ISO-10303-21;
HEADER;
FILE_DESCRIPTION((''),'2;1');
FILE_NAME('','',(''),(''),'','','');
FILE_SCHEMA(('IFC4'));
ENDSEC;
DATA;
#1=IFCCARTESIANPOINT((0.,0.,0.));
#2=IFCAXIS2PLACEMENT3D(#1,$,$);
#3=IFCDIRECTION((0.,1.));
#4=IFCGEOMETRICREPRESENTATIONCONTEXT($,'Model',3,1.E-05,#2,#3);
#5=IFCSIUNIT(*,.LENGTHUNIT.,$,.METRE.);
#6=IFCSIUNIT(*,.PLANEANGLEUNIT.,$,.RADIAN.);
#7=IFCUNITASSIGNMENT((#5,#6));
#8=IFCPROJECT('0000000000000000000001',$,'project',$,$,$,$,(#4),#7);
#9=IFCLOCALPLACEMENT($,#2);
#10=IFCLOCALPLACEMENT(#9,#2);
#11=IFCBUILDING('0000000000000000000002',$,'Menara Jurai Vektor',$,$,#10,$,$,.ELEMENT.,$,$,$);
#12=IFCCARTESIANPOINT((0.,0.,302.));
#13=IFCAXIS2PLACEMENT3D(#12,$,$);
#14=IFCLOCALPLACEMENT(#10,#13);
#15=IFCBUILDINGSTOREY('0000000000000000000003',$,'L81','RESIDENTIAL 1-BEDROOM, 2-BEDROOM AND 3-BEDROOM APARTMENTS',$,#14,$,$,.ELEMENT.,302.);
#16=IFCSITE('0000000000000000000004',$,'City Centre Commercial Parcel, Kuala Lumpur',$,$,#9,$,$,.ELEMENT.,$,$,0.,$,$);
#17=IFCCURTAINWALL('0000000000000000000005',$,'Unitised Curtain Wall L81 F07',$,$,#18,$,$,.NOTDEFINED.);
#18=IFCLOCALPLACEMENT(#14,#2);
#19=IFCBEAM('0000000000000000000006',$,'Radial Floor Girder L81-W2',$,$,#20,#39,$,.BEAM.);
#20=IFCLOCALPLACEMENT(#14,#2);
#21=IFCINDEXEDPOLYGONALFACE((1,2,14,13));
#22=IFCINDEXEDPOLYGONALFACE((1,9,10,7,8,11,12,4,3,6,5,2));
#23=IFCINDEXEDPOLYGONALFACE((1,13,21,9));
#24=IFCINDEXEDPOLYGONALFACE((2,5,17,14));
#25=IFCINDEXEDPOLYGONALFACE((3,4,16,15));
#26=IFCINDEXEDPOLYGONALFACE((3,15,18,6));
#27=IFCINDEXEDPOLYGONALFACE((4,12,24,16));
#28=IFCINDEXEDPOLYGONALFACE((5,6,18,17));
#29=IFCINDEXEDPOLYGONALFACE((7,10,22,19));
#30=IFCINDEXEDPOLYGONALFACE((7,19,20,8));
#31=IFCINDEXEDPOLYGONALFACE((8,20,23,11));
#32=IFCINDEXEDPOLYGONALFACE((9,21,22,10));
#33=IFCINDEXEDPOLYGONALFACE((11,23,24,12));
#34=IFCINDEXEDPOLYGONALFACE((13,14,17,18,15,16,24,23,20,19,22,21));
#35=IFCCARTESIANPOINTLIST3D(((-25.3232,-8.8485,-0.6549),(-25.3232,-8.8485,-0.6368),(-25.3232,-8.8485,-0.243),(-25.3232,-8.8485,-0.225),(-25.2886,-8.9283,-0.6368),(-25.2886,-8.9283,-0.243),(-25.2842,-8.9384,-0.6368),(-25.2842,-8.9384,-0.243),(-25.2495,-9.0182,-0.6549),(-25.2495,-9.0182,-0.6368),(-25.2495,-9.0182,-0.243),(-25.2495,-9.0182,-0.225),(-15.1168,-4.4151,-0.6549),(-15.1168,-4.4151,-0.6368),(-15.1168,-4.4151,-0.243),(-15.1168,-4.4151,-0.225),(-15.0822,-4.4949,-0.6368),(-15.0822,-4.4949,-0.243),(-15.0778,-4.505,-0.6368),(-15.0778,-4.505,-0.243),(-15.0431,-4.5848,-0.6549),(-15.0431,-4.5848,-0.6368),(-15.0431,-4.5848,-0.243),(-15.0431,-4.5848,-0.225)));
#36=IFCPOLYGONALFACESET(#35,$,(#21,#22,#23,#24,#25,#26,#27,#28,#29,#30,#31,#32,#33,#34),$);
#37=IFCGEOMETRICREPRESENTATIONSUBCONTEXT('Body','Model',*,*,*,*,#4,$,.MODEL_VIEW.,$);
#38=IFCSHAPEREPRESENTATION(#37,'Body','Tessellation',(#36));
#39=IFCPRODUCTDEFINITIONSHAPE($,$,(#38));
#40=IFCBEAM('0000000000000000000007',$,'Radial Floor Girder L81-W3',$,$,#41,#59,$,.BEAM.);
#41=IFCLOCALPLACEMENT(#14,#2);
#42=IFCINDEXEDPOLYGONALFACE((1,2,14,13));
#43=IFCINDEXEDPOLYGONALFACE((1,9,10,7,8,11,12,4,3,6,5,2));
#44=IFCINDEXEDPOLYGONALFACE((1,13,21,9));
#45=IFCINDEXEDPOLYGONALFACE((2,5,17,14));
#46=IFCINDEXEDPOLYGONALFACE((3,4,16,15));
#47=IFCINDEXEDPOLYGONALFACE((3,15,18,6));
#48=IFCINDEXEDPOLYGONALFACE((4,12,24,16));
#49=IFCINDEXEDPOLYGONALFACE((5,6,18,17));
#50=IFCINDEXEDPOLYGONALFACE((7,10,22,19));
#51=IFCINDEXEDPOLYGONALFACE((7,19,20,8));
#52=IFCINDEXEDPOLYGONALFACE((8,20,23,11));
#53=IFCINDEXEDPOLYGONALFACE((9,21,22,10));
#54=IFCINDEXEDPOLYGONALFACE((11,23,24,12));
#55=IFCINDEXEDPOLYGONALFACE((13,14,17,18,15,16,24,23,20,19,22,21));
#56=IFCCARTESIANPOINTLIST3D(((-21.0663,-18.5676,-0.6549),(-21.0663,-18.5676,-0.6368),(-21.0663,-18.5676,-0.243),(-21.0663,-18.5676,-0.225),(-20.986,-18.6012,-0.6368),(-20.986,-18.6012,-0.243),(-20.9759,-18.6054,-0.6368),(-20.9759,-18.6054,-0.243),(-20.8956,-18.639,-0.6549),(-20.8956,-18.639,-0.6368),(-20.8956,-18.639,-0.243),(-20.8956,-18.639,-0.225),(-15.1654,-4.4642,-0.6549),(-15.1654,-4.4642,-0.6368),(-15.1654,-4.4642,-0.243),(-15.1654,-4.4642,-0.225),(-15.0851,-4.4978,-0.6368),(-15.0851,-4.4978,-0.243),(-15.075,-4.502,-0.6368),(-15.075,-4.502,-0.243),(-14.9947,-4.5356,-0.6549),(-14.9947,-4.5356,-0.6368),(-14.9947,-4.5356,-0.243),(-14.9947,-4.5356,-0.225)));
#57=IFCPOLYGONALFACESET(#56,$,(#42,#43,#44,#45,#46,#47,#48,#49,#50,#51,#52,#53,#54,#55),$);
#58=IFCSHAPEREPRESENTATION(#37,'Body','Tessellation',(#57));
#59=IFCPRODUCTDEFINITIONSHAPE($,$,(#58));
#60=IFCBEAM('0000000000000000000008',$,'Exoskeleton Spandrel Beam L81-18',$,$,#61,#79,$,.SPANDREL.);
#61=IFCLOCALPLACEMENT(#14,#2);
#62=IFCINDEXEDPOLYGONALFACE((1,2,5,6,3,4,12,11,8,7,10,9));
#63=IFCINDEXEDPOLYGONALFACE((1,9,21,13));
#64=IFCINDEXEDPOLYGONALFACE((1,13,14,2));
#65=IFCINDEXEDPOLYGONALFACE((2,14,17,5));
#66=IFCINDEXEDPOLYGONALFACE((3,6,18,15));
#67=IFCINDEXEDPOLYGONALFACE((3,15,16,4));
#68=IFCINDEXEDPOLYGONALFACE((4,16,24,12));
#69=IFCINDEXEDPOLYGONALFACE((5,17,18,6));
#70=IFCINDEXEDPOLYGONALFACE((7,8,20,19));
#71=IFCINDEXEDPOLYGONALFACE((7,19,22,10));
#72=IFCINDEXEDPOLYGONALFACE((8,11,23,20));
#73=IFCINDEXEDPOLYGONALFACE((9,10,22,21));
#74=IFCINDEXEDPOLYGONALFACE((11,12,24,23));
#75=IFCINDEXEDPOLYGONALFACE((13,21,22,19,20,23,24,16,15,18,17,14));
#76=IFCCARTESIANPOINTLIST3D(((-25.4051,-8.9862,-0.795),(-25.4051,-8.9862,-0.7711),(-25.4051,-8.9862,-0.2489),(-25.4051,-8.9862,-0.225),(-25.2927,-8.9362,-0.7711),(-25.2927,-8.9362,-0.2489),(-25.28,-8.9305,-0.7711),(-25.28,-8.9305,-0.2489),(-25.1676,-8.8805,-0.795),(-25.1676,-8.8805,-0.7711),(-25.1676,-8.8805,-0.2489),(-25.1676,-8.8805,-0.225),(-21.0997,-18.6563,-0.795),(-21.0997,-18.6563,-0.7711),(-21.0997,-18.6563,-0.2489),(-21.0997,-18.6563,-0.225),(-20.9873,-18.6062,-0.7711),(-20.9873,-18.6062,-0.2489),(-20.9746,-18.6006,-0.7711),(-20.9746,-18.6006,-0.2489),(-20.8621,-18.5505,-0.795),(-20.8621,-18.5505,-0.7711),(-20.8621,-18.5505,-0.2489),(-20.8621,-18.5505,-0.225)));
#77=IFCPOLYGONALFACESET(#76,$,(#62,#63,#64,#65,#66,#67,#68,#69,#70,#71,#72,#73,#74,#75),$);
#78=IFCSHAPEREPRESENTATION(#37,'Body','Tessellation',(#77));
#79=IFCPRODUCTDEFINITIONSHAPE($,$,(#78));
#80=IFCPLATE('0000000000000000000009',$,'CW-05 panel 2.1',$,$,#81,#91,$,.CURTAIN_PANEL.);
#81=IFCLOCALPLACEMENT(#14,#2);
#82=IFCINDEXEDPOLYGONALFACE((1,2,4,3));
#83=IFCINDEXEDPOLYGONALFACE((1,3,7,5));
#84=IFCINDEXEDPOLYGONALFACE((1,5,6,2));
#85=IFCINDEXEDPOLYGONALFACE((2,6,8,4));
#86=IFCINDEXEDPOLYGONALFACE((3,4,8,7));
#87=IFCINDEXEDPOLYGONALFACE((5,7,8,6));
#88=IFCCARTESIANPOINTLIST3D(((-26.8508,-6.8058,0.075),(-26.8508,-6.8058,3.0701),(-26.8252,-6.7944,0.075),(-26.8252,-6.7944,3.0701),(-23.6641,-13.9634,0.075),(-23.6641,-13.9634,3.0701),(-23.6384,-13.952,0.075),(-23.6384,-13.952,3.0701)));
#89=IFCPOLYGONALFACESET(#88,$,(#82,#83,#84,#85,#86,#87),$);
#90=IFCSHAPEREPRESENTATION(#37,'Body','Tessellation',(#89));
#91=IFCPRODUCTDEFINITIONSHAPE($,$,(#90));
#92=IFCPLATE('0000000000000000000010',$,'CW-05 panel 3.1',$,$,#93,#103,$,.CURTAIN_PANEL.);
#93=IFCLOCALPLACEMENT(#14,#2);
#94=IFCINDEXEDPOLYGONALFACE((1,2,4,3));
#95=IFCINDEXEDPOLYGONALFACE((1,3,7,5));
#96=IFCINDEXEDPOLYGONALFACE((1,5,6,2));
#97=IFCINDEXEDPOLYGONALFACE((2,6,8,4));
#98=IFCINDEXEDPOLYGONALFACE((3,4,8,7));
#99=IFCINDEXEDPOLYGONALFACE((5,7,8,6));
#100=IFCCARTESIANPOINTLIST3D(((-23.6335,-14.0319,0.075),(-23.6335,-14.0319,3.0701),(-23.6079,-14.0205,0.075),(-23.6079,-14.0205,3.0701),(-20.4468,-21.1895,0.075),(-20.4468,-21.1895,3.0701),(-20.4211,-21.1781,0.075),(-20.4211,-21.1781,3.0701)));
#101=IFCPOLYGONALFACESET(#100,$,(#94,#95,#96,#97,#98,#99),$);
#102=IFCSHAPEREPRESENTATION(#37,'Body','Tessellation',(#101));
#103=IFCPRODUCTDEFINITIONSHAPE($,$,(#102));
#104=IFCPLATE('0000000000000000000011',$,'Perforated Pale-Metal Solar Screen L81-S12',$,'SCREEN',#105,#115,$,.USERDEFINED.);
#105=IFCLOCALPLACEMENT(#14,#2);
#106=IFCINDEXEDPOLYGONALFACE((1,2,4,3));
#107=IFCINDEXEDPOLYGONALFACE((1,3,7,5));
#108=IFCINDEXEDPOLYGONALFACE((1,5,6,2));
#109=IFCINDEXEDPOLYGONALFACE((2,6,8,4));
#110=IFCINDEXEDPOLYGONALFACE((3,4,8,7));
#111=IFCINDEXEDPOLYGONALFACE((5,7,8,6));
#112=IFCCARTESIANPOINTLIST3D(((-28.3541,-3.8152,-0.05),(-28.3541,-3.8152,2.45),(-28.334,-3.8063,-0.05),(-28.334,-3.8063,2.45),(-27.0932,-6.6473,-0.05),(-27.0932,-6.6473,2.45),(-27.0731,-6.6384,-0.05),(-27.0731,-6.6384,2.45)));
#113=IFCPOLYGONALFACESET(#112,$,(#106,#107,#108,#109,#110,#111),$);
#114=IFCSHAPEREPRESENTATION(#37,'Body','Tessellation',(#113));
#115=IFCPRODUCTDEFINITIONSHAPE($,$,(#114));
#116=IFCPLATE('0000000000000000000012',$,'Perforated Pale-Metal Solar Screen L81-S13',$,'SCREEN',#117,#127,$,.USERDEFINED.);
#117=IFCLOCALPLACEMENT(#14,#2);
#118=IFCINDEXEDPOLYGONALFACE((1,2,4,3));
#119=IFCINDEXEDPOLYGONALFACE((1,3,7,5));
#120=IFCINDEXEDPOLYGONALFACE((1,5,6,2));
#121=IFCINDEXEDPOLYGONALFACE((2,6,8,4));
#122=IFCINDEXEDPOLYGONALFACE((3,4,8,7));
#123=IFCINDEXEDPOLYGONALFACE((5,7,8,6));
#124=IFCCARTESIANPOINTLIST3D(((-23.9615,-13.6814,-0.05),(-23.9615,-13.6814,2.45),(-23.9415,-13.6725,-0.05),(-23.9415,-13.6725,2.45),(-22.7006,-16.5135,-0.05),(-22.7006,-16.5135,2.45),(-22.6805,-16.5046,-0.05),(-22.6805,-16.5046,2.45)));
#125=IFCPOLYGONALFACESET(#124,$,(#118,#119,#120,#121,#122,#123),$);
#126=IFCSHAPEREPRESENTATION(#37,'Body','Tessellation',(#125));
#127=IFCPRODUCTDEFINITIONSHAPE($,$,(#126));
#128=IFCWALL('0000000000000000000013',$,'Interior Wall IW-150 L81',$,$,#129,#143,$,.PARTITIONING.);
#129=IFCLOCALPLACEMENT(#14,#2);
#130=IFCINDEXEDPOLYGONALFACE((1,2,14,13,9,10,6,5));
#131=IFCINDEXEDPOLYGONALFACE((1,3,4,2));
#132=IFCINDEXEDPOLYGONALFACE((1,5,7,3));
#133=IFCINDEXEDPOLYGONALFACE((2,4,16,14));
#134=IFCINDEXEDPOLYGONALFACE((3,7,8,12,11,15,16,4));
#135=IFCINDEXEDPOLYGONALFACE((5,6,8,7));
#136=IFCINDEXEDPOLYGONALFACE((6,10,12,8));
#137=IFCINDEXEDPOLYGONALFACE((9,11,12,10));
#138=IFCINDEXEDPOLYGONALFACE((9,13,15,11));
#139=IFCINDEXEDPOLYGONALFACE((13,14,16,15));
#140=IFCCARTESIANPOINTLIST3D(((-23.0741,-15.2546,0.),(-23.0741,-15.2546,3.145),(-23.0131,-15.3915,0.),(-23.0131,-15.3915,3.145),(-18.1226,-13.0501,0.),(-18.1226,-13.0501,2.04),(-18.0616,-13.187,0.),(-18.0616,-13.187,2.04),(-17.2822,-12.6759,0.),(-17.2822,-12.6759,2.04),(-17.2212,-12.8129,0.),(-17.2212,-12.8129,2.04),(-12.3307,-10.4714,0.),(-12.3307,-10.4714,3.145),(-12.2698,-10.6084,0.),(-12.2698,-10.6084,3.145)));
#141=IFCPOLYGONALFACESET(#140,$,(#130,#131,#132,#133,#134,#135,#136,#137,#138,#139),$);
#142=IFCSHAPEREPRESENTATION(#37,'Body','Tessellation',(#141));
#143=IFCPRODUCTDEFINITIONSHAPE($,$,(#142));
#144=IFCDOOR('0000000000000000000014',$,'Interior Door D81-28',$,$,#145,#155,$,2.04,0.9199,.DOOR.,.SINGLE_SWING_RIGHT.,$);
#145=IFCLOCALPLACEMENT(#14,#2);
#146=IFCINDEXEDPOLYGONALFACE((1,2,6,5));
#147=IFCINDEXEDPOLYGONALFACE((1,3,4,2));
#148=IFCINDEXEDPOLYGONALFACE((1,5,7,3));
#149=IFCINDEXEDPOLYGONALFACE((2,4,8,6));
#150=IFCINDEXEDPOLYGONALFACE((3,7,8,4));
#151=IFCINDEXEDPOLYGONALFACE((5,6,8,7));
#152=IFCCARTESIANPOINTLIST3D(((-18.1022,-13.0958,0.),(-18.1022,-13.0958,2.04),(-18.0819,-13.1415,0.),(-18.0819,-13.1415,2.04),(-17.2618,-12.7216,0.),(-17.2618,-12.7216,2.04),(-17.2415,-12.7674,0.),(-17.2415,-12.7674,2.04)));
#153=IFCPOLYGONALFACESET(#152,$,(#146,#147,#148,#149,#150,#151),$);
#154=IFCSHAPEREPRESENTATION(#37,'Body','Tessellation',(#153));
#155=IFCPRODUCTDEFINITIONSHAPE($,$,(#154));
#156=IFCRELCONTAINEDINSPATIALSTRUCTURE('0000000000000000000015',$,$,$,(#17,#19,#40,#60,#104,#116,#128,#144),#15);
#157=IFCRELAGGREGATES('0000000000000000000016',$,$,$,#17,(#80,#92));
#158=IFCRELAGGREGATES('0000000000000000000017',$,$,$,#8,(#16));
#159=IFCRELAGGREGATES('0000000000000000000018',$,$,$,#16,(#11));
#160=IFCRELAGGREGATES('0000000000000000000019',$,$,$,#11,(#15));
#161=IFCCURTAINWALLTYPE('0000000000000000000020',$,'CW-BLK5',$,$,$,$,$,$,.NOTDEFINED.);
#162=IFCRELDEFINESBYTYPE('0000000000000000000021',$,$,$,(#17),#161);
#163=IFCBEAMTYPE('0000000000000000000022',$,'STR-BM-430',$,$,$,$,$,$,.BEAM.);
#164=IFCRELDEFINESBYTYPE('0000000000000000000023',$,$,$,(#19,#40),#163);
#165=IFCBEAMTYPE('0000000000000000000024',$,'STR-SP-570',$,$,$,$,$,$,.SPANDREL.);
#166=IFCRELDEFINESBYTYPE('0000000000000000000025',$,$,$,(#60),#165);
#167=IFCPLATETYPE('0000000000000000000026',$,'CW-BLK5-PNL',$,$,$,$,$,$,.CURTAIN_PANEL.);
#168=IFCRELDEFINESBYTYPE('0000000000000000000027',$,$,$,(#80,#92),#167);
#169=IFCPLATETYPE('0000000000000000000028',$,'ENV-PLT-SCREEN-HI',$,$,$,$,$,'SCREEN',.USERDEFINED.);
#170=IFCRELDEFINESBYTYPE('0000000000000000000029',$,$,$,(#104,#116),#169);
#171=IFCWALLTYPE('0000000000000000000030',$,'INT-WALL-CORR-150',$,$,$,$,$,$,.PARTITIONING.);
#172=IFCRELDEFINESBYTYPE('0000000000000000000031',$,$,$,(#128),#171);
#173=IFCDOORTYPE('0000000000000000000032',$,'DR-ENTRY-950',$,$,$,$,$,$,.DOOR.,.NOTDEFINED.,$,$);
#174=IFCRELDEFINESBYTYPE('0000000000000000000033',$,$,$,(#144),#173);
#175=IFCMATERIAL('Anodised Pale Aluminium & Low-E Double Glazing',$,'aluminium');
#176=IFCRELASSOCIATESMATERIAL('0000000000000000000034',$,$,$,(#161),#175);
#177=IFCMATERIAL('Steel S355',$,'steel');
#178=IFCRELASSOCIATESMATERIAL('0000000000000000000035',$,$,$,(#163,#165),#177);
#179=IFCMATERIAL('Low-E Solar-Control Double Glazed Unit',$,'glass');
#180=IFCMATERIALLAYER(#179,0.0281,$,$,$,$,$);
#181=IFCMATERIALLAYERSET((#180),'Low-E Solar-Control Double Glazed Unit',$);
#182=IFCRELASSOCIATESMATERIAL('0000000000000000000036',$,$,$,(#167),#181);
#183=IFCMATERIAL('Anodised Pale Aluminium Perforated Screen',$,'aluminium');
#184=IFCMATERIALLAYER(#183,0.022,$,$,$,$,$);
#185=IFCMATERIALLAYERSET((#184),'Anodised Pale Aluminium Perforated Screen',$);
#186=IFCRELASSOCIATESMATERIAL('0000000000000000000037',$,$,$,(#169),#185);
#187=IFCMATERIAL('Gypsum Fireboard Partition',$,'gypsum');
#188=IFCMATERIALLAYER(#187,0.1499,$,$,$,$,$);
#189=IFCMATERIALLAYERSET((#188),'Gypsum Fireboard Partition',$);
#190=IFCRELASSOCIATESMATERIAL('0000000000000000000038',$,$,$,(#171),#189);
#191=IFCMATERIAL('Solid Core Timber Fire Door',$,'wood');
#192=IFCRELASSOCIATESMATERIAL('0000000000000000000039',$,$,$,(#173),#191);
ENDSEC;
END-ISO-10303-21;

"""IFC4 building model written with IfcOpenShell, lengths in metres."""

from ifc_helpers import new_model, si_unit, direction, frame, frame_2d, origin, origin_2d, place, context, subcontext, project, spatial, rectangle, i_section, extrude, material, layer, layer_set, material_profile, profile_set, type_object, element, fill, aggregate, save


model = new_model("IFC4")

# Units and contexts
model_context = context("Model", 3, precision=1e-05, world=origin(), true_north=direction((0.0, 1.0)))
body_context = subcontext(model_context, "Body", "Model", "MODEL_VIEW")
ifc_project = project(units=[si_unit("LENGTHUNIT", "METRE"), si_unit("PLANEANGLEUNIT", "RADIAN")], contexts=[model_context])

# Site, building, storey
site_placement = place(None, origin())
site = spatial("IfcSite", under=ifc_project, at=site_placement, Name="City Centre Commercial Parcel, Kuala Lumpur", CompositionType="ELEMENT", RefElevation=0.0)
building_placement = place(site_placement, origin())
building = spatial("IfcBuilding", under=site, at=building_placement, Name="Menara Jurai Vektor", CompositionType="ELEMENT")
storey_placement = place(building_placement, frame((0.0, 0.0, 302.0)))
storey = spatial("IfcBuildingStorey", under=building, at=storey_placement, Name="L81", Description="RESIDENTIAL 1-BEDROOM, 2-BEDROOM AND 3-BEDROOM APARTMENTS", CompositionType="ELEMENT", Elevation=302.0)

# Curtain wall
ifc_material_1 = material(Name="Anodised Pale Aluminium & Low-E Double Glazing", Category="aluminium")
curtain_wall_type = type_object("IfcCurtainWallType", Name="CW-BLK5", PredefinedType="NOTDEFINED", material=ifc_material_1)
curtain_wall_placement = place(storey_placement, origin())
curtain_wall = element("IfcCurtainWall", 1, at=curtain_wall_placement, inside=storey, type_object=curtain_wall_type, Name="Unitised Curtain Wall L81 F07", PredefinedType="NOTDEFINED")

# Beams
ifc_material_2 = material(Name="Steel S355", Category="steel")
ifc_material_profile_1 = material_profile(ifc_material_2, i_section(OverallWidth=0.1851, OverallDepth=0.4299, WebThickness=0.011, FlangeThickness=0.0181, at=origin_2d()), Name="PG 430x185x76")
ifc_profile_set_1 = profile_set([ifc_material_profile_1], Name="Steel S355")
beam_type_1 = type_object("IfcBeamType", Name="STR-BM-430", PredefinedType="BEAM", material=ifc_profile_set_1)
beam_1_placement = place(storey_placement, frame((-25.2864, -8.9333, -0.4399), z_axis=(0.917207, 0.398411, 0.0), x_axis=(-0.398411, 0.917207, 0.0)))
element("IfcBeam", 2, at=beam_1_placement, inside=storey, type_object=beam_type_1, Name="Radial Floor Girder L81-W2", PredefinedType="BEAM", context=body_context, shape_type="SweptSolid", body=[
    extrude(i_section(OverallWidth=0.1851, OverallDepth=0.4299, WebThickness=0.011, FlangeThickness=0.0181, at=origin_2d()), origin(), (0.0, 0.0, 1.0), 11.1277),
])
beam_2_placement = place(storey_placement, frame((-20.981, -18.6033, -0.4399), z_axis=(0.385981, 0.922507, 0.0), x_axis=(-0.922507, 0.385981, 0.0)))
element("IfcBeam", 3, at=beam_2_placement, inside=storey, type_object=beam_type_1, Name="Radial Floor Girder L81-W3", PredefinedType="BEAM", context=body_context, shape_type="SweptSolid", body=[
    extrude(i_section(OverallWidth=0.1851, OverallDepth=0.4299, WebThickness=0.011, FlangeThickness=0.0181, at=origin_2d()), origin(), (0.0, 0.0, 1.0), 15.2881),
])
ifc_material_profile_2 = material_profile(ifc_material_2, i_section(OverallWidth=0.26, OverallDepth=0.5701, WebThickness=0.0139, FlangeThickness=0.0239, at=origin_2d()), Name="PG 570x260x145")
ifc_profile_set_2 = profile_set([ifc_material_profile_2], Name="Steel S355")
beam_type_2 = type_object("IfcBeamType", Name="STR-SP-570", PredefinedType="SPANDREL", material=ifc_profile_set_2)
beam_3_placement = place(storey_placement, frame((-25.2864, -8.9333, -0.51), z_axis=(0.406744, -0.913542, 0.0), x_axis=(0.913542, 0.406744, 0.0)))
element("IfcBeam", 4, at=beam_3_placement, inside=storey, type_object=beam_type_2, Name="Exoskeleton Spandrel Beam L81-18", PredefinedType="SPANDREL", context=body_context, shape_type="SweptSolid", body=[
    extrude(i_section(OverallWidth=0.26, OverallDepth=0.5701, WebThickness=0.0139, FlangeThickness=0.0239, at=origin_2d()), origin(), (0.0, 0.0, 1.0), 10.5852),
])

# Plates
ifc_material_3 = material(Name="Low-E Solar-Control Double Glazed Unit", Category="glass")
ifc_layer_1 = layer(ifc_material_3, 0.0281)
ifc_layer_set_1 = layer_set([ifc_layer_1], Name="Low-E Solar-Control Double Glazed Unit")
plate_type_1 = type_object("IfcPlateType", Name="CW-BLK5-PNL", PredefinedType="CURTAIN_PANEL", material=ifc_layer_set_1)
plate_1_placement = place(storey_placement, frame((-25.2446, -10.3789, 0.075), z_axis=(0.0, 0.0, 1.0), x_axis=(0.406735, -0.913546, 0.0)))
plate_1 = element("IfcPlate", 5, at=plate_1_placement, type_object=plate_type_1, Name="CW-05 panel 2.1", PredefinedType="CURTAIN_PANEL", context=body_context, shape_type="SweptSolid", body=[
    extrude(rectangle(XDim=7.835, YDim=0.0281, at=origin_2d()), origin(), (0.0, 0.0, 1.0), 2.9951),
])
plate_2_placement = place(storey_placement, frame((-22.0273, -17.605, 0.075), z_axis=(0.0, 0.0, 1.0), x_axis=(0.406735, -0.913546, 0.0)))
plate_2 = element("IfcPlate", 6, at=plate_2_placement, type_object=plate_type_1, Name="CW-05 panel 3.1", PredefinedType="CURTAIN_PANEL", context=body_context, shape_type="SweptSolid", body=[
    extrude(rectangle(XDim=7.835, YDim=0.0281, at=origin_2d()), origin(), (0.0, 0.0, 1.0), 2.9951),
])
aggregate(curtain_wall, [plate_1, plate_2])

# Plates
ifc_material_4 = material(Name="Anodised Pale Aluminium Perforated Screen", Category="aluminium")
ifc_layer_2 = layer(ifc_material_4, 0.022)
ifc_layer_set_2 = layer_set([ifc_layer_2], Name="Anodised Pale Aluminium Perforated Screen")
plate_type_2 = type_object("IfcPlateType", Name="ENV-PLT-SCREEN-HI", ElementType="SCREEN", PredefinedType="USERDEFINED", material=ifc_layer_set_2)
for number, where, z_axis, x_axis, name in (
    (7, (-27.7136, -5.2268, -0.05), (0.0, 0.0, 1.0), (0.406737, -0.913545, 0.0), "Perforated Pale-Metal Solar Screen L81-S12"),
    (8, (-23.321, -15.093, -0.05), (0.0, 0.0, 1.0), (0.406737, -0.913545, 0.0), "Perforated Pale-Metal Solar Screen L81-S13"),
):
    element("IfcPlate", number, at=place(storey_placement, frame(where, z_axis=z_axis, x_axis=x_axis)), inside=storey, type_object=plate_type_2, Name=name, ObjectType="SCREEN", PredefinedType="USERDEFINED", context=body_context, shape_type="SweptSolid", body=[
        extrude(rectangle(XDim=3.1001, YDim=0.022, at=origin_2d()), origin(), (0.0, 0.0, 1.0), 2.5),
    ])

# Wall, opening, door
ifc_material_5 = material(Name="Gypsum Fireboard Partition", Category="gypsum")
ifc_layer_3 = layer(ifc_material_5, 0.1499)
ifc_layer_set_3 = layer_set([ifc_layer_3], Name="Gypsum Fireboard Partition")
wall_type_1 = type_object("IfcWallType", Name="INT-WALL-CORR-150", PredefinedType="PARTITIONING", material=ifc_layer_set_3)
wall_1_placement = place(storey_placement, frame((-23.0435, -15.323, 0.0), z_axis=(0.0, 0.0, 1.0), x_axis=(0.913548, 0.406732, 0.0)))
wall_1 = element("IfcWall", 9, at=wall_1_placement, inside=storey, type_object=wall_type_1, Name="Interior Wall IW-150 L81", PredefinedType="PARTITIONING", context=body_context, shape_type="SweptSolid", body=[
    extrude(rectangle(XDim=11.76, YDim=0.1499, at=frame_2d((5.8799, 0.0))), origin(), (0.0, 0.0, 1.0), 3.145),
])
opening_1_placement = place(wall_1_placement, frame((5.4199, 0.0, 0.0)))
opening_1 = element("IfcOpeningElement", 10, at=opening_1_placement, cuts=wall_1, PredefinedType="OPENING", context=body_context, shape_type="SweptSolid", body=[
    extrude(rectangle(XDim=0.9199, YDim=2.04, at=frame_2d((0.46, 1.02))), frame((0.0, 0.085, 0.0), z_axis=(0.0, -1.0, 0.0), x_axis=(1.0, 0.0, 0.0)), (0.0, 0.0, 1.0), 0.1699),
])
ifc_material_6 = material(Name="Solid Core Timber Fire Door", Category="wood")
door_type = type_object("IfcDoorType", Name="DR-ENTRY-950", OperationType="NOTDEFINED", PredefinedType="DOOR", material=ifc_material_6)
door_1_placement = place(opening_1_placement, origin())
door_1 = element("IfcDoor", 11, at=door_1_placement, inside=storey, type_object=door_type, Name="Interior Door D81-28", OperationType="SINGLE_SWING_RIGHT", OverallHeight=2.04, OverallWidth=0.9199, PredefinedType="DOOR", context=body_context, shape_type="SweptSolid", body=[
    extrude(rectangle(XDim=0.9199, YDim=2.04, at=frame_2d((0.46, 1.02))), frame((0.0, 0.0249, 0.0), z_axis=(0.0, -1.0, 0.0), x_axis=(1.0, 0.0, 0.0)), (0.0, 0.0, 1.0), 0.05),
])
fill(opening_1, door_1)

save(model, "model.ifc")
